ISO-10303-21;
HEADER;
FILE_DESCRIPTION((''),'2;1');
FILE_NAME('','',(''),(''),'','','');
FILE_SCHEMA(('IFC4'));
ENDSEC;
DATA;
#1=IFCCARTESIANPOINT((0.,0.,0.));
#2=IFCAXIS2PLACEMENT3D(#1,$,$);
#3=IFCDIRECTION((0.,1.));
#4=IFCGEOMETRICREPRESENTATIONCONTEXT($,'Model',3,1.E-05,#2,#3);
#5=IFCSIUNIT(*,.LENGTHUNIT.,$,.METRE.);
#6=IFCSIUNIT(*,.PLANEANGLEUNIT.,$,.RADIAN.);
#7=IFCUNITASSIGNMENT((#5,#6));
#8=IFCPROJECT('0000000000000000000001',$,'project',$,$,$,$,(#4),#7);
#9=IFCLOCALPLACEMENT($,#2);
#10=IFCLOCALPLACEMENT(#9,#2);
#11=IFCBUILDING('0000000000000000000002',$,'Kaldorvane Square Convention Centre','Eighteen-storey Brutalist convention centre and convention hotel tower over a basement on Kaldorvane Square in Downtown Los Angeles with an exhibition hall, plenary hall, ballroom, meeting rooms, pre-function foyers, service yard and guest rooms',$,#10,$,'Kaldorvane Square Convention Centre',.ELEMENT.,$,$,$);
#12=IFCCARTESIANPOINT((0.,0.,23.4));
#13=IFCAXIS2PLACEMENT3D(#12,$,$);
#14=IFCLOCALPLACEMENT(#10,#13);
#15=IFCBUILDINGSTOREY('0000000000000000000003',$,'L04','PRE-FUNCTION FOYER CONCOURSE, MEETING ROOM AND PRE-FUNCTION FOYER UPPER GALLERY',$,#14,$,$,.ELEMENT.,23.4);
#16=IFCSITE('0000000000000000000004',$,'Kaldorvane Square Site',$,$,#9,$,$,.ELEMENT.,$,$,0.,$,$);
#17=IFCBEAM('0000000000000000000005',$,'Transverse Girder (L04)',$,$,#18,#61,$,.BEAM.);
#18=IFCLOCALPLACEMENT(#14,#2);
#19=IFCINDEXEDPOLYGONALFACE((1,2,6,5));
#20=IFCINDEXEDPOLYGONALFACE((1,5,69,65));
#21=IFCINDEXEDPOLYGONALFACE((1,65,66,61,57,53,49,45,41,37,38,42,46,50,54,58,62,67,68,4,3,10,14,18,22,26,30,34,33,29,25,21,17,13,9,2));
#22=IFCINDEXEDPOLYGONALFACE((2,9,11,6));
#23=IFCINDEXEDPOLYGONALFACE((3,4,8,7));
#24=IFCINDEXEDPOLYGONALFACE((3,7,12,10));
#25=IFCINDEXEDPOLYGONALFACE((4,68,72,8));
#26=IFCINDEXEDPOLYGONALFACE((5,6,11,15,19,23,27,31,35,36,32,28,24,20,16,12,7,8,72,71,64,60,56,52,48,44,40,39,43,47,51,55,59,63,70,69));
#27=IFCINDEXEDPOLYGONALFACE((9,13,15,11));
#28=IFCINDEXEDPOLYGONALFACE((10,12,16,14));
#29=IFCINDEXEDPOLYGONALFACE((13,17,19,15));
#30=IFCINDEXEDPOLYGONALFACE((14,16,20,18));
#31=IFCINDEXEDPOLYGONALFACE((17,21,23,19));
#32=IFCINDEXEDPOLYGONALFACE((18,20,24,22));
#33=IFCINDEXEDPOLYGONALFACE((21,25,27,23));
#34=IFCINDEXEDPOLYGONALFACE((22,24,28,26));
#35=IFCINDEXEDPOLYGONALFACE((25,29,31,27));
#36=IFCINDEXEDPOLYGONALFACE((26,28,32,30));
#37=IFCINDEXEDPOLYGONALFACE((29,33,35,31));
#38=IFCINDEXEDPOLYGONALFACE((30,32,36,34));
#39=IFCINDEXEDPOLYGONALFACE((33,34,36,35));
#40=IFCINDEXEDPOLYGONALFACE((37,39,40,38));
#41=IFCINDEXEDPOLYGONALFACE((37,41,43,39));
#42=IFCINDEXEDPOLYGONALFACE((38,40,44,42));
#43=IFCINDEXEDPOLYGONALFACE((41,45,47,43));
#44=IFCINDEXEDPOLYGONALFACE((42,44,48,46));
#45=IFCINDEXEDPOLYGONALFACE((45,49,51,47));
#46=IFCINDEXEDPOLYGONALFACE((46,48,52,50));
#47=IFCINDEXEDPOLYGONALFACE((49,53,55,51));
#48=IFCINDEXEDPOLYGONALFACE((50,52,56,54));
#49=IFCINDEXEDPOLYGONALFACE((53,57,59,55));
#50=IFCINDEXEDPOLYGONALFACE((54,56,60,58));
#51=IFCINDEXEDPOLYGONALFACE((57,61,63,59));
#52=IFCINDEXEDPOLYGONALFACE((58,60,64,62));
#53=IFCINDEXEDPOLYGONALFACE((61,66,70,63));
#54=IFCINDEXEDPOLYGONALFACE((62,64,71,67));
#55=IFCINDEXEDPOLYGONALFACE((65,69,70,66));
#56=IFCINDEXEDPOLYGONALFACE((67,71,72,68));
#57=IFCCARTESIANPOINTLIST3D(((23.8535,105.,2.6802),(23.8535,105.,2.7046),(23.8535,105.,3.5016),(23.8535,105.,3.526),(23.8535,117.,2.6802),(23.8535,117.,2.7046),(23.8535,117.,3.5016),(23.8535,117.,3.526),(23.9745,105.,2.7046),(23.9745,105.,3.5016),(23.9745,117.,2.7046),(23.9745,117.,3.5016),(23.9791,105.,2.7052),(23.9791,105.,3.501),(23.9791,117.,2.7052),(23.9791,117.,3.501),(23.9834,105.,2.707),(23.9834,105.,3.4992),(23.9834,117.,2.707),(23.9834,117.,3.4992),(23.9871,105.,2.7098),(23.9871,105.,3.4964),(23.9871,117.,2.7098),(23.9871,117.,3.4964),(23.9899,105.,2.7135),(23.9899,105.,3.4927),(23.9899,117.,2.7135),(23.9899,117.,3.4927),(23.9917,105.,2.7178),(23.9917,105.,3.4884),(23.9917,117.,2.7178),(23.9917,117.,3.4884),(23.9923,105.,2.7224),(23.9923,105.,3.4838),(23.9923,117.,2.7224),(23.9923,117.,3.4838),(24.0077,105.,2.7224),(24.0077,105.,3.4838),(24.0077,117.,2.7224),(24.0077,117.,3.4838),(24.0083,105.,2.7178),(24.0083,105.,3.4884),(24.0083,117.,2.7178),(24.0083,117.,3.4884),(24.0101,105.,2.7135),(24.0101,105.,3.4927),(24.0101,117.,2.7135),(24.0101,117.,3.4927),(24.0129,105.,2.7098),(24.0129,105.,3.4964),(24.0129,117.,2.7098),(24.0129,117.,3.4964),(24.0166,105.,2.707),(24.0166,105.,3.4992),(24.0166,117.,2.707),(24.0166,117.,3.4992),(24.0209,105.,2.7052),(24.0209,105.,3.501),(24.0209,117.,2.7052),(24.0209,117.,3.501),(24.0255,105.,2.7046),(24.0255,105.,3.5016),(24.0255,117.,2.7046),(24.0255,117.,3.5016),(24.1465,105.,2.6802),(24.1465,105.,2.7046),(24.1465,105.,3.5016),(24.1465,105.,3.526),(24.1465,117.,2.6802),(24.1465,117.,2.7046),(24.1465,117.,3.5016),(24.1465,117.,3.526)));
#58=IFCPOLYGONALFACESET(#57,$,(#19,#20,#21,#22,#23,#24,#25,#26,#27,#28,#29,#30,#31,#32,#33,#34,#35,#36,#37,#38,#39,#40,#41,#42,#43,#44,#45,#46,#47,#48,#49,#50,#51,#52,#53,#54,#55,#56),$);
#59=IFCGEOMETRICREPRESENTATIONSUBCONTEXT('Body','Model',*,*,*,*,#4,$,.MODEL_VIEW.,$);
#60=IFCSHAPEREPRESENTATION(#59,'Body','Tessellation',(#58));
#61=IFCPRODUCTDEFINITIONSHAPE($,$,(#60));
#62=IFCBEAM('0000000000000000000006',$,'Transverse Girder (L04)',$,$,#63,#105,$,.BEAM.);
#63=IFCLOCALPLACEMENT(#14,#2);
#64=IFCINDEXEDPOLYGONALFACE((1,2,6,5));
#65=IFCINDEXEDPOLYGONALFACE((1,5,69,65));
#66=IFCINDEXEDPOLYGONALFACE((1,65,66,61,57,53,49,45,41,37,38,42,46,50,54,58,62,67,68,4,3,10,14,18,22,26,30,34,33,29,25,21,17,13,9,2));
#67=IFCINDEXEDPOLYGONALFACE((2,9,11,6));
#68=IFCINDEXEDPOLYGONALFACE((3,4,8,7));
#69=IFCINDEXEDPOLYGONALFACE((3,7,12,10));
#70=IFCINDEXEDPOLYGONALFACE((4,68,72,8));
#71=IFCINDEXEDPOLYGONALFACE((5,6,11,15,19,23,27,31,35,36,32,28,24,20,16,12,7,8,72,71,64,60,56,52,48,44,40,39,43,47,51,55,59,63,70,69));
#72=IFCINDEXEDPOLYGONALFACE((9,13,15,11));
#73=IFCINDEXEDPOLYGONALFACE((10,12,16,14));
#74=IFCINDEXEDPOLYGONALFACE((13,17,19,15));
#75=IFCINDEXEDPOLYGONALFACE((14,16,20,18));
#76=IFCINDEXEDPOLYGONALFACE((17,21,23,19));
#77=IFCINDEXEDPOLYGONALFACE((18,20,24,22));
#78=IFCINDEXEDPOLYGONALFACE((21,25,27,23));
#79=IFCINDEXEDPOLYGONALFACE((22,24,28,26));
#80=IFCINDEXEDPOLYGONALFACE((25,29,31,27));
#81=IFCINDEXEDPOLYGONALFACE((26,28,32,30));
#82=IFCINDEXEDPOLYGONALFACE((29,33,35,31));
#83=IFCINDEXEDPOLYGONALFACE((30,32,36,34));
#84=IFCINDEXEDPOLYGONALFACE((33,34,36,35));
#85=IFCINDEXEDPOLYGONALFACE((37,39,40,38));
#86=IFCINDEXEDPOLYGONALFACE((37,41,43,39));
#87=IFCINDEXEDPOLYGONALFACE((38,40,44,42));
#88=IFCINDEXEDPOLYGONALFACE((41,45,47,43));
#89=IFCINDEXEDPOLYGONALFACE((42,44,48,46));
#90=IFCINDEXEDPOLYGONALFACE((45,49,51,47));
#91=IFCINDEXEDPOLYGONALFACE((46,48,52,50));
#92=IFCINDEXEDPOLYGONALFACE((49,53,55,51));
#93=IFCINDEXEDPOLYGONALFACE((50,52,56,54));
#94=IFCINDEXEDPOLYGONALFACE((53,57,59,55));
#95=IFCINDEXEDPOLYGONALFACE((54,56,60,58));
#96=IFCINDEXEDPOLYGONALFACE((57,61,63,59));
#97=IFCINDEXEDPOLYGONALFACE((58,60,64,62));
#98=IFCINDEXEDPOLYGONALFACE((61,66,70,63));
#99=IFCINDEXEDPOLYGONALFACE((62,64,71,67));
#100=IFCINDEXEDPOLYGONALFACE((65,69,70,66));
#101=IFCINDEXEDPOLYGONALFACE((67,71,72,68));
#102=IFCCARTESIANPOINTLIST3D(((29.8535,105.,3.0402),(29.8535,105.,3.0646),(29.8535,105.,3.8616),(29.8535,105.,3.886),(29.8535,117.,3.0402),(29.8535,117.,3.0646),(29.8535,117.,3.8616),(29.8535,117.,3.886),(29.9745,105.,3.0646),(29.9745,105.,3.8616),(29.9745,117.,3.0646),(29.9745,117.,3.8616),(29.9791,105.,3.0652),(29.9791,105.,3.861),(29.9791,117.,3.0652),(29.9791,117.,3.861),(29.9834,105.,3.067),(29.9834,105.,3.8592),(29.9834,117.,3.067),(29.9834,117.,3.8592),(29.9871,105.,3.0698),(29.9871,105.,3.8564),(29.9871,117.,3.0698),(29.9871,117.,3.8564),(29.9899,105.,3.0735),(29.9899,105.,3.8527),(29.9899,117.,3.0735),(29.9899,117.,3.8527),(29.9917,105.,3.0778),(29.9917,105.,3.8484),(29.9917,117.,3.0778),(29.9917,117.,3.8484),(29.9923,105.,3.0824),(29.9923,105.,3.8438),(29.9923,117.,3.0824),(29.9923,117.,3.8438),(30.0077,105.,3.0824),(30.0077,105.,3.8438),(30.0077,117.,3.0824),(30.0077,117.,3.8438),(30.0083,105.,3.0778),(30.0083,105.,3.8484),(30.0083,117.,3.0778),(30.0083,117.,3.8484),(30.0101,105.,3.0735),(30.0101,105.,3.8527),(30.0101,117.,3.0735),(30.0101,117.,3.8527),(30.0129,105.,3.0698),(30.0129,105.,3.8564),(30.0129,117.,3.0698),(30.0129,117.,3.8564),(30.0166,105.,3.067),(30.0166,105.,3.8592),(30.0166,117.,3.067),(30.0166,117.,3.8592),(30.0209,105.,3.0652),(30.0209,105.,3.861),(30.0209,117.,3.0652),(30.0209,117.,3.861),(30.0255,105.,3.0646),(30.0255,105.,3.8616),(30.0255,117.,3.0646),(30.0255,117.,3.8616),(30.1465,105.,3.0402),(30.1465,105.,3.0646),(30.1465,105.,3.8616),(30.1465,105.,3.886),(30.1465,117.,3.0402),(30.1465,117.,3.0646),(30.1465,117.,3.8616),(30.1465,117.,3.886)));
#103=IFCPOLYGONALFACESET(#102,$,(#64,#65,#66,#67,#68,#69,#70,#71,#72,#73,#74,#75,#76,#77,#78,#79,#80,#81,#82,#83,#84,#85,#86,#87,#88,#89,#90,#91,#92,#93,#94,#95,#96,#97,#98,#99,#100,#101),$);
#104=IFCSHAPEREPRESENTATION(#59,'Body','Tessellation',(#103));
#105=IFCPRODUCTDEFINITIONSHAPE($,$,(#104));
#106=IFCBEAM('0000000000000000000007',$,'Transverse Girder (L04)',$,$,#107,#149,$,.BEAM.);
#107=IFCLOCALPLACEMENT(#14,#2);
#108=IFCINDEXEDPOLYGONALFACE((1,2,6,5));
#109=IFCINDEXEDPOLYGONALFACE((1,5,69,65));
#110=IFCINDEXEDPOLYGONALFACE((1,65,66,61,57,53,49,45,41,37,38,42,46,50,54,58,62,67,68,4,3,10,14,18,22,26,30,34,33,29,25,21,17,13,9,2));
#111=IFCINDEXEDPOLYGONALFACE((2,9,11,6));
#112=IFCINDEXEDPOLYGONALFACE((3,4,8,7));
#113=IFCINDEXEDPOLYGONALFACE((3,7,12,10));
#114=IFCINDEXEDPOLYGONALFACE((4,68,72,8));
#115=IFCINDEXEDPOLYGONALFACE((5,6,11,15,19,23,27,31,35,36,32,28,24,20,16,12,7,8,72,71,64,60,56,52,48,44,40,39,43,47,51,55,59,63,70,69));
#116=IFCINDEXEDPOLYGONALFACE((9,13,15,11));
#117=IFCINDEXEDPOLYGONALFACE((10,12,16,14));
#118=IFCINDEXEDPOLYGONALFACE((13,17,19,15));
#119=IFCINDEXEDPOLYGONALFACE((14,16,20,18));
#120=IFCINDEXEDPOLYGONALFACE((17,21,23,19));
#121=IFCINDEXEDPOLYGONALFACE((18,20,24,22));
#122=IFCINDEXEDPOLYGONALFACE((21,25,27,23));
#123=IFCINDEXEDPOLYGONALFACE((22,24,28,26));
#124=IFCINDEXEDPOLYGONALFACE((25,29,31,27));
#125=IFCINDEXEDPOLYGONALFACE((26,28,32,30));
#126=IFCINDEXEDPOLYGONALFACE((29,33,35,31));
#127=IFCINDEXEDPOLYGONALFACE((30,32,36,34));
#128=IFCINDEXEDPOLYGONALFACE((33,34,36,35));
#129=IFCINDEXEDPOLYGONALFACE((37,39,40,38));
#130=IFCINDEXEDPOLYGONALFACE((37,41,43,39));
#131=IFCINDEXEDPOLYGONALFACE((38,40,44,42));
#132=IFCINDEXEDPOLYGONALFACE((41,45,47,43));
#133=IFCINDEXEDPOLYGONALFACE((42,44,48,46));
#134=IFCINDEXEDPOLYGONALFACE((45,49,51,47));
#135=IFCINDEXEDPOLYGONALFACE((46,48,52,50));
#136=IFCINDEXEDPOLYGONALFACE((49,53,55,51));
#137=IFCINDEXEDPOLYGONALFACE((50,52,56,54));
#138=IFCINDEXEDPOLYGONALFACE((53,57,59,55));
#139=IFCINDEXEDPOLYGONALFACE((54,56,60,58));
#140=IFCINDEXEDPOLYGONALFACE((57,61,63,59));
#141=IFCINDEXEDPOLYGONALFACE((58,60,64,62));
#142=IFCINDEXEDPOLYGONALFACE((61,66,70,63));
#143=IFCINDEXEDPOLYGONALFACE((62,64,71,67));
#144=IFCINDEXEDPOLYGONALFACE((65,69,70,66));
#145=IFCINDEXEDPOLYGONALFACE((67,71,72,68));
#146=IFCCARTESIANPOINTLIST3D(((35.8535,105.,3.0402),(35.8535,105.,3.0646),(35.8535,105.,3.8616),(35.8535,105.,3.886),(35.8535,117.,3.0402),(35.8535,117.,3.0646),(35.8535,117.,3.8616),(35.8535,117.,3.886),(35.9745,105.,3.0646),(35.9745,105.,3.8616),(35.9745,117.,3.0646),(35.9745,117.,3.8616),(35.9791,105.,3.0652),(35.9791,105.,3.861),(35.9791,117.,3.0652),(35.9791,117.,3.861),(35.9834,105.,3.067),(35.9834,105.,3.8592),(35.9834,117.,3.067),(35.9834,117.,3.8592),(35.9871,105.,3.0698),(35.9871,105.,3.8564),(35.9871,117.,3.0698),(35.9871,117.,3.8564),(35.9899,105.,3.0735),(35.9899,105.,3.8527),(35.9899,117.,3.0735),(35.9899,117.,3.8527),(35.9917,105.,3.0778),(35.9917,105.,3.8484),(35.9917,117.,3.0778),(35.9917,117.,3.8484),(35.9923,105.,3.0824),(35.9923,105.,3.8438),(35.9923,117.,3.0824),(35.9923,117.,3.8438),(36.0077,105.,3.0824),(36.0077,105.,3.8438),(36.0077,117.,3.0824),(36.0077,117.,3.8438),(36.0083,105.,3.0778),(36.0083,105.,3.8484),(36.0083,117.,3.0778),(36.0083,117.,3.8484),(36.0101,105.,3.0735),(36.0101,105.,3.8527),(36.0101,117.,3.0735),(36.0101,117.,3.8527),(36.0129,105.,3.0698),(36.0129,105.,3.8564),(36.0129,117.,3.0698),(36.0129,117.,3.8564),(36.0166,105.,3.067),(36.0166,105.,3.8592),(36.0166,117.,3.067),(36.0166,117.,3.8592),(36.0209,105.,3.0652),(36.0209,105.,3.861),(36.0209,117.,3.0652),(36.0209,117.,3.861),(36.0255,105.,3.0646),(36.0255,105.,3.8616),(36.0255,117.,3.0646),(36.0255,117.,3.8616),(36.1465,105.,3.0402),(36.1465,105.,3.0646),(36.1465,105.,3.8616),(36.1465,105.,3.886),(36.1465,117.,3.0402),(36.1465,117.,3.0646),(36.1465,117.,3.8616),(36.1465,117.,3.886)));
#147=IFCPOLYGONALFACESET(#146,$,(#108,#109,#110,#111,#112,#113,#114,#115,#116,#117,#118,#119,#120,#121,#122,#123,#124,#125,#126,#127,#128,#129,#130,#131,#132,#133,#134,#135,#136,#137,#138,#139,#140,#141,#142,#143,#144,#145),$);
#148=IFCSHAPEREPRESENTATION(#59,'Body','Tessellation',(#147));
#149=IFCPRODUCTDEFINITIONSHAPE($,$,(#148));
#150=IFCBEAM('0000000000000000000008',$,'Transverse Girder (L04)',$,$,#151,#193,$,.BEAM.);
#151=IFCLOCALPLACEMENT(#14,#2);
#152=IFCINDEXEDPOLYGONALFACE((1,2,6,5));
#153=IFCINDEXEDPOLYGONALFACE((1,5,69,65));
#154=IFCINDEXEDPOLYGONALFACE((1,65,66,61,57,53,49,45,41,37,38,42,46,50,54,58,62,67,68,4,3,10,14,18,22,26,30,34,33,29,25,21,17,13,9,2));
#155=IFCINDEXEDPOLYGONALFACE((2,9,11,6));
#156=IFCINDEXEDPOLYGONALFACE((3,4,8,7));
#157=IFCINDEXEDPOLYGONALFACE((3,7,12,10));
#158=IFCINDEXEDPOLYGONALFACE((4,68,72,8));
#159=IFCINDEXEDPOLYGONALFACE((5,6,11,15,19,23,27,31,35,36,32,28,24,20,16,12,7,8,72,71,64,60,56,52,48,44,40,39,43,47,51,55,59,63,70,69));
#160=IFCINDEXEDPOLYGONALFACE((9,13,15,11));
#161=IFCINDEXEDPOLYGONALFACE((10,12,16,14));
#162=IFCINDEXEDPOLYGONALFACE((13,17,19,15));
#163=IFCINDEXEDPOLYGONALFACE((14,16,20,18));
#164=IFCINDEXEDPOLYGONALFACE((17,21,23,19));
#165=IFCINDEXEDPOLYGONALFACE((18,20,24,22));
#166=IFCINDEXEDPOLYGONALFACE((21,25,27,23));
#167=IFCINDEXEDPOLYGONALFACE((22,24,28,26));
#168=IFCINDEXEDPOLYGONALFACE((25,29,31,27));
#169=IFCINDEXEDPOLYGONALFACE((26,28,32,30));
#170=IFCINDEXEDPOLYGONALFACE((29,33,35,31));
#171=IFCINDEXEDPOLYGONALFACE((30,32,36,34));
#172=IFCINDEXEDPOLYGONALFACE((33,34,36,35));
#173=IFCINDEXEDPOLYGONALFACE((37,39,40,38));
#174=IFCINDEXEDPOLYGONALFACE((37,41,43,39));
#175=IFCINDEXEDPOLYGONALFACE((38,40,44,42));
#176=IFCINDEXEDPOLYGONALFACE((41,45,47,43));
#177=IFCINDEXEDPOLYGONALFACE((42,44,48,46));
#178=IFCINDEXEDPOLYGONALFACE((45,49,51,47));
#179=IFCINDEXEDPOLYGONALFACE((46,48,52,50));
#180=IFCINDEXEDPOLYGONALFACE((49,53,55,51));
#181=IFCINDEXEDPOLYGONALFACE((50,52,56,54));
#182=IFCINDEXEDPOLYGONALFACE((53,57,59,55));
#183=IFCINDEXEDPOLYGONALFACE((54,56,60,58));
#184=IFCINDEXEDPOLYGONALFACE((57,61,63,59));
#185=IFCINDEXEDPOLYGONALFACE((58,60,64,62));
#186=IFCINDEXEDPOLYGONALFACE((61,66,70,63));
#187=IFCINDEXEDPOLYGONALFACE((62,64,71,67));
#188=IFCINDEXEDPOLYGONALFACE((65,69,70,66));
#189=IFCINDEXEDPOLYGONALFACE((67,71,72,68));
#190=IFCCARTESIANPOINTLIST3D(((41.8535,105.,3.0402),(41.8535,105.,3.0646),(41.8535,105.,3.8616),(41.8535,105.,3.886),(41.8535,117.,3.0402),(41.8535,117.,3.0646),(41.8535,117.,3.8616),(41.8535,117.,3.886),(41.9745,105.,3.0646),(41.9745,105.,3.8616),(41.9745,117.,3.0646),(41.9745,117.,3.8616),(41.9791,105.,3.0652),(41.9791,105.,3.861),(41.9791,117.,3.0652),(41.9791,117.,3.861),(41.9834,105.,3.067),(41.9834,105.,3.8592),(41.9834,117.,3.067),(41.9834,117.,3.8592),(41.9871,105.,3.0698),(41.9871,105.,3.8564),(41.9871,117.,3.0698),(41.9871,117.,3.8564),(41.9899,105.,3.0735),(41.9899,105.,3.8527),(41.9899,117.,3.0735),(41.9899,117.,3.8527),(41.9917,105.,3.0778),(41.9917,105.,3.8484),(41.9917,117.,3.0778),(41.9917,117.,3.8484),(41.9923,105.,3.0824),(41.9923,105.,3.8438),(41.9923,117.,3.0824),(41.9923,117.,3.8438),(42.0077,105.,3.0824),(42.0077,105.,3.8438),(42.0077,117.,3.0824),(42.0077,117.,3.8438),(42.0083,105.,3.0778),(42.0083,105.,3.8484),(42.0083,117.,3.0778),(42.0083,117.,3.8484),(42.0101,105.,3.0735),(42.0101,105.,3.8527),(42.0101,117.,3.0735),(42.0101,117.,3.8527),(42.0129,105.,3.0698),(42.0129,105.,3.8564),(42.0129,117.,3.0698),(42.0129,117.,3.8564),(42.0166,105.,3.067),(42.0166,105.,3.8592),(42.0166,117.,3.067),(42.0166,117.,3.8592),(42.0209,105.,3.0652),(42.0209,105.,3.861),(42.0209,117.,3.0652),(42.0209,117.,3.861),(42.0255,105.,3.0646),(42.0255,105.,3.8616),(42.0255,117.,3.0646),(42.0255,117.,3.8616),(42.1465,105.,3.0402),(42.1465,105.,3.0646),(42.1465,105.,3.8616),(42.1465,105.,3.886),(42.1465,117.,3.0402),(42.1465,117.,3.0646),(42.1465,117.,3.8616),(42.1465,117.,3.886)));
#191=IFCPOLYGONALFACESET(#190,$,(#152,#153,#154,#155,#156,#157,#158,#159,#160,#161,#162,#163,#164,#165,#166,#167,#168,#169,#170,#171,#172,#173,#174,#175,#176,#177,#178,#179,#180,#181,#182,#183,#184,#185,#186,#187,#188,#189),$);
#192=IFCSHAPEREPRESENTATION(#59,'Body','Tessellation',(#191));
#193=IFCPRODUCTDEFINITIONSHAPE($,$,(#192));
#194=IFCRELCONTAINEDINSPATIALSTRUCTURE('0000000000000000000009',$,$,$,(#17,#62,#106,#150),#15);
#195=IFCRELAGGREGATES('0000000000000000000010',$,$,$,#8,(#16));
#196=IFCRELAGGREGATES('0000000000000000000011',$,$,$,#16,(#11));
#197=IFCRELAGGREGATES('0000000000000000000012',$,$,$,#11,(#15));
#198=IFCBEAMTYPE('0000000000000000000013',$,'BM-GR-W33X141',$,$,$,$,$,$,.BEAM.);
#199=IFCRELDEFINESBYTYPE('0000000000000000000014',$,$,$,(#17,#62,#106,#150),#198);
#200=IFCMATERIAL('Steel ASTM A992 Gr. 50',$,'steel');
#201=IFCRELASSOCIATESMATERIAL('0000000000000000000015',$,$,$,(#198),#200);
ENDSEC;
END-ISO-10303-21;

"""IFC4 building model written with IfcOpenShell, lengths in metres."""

from ifc_helpers import new_model, si_unit, direction, frame, origin, origin_2d, place, context, subcontext, project, spatial, i_section, extrude, material, material_profile, profile_set, type_object, element, save


model = new_model("IFC4")

# Units and contexts
model_context = context("Model", 3, precision=1e-05, world=origin(), true_north=direction((0.0, 1.0)))
body_context = subcontext(model_context, "Body", "Model", "MODEL_VIEW")
ifc_project = project(units=[si_unit("LENGTHUNIT", "METRE"), si_unit("PLANEANGLEUNIT", "RADIAN")], contexts=[model_context])

# Site, building, storey
site_placement = place(None, origin())
site = spatial("IfcSite", under=ifc_project, at=site_placement, Name="Kaldorvane Square Site", CompositionType="ELEMENT", RefElevation=0.0)
building_placement = place(site_placement, origin())
building = spatial("IfcBuilding", under=site, at=building_placement, Name="Kaldorvane Square Convention Centre", Description="Eighteen-storey Brutalist convention centre and convention hotel tower over a basement on Kaldorvane Square in Downtown Los Angeles with an exhibition hall, plenary hall, ballroom, meeting rooms, pre-function foyers, service yard and guest rooms", LongName="Kaldorvane Square Convention Centre", CompositionType="ELEMENT")
storey_placement = place(building_placement, frame((0.0, 0.0, 23.4)))
storey = spatial("IfcBuildingStorey", under=building, at=storey_placement, Name="L04", Description="PRE-FUNCTION FOYER CONCOURSE, MEETING ROOM AND PRE-FUNCTION FOYER UPPER GALLERY", CompositionType="ELEMENT", Elevation=23.4)

# Shared definitions
ifc_material_1 = material(Name="Steel ASTM A992 Gr. 50", Category="steel")

# Beams
ifc_material_profile_1 = material_profile(ifc_material_1, i_section(OverallWidth=0.293, OverallDepth=0.8458, WebThickness=0.0154, FlangeThickness=0.0244, FilletRadius=0.0178, at=origin_2d()), Name="W33X141")
ifc_profile_set_1 = profile_set([ifc_material_profile_1], Name="Steel ASTM A992 Gr. 50")
beam_type_1 = type_object("IfcBeamType", Name="BM-GR-W33X141", PredefinedType="BEAM", material=ifc_profile_set_1)
for number, where, z_axis, x_axis, name in (
    (1, (24.0, 105.0, 3.1031), (0.0, 1.0, 0.0), (-1.0, 0.0, 0.0), "Transverse Girder (L04)"),
    (2, (30.0, 105.0, 3.4631), (0.0, 1.0, 0.0), (-1.0, 0.0, 0.0), "Transverse Girder (L04)"),
    (3, (36.0, 105.0, 3.4631), (0.0, 1.0, 0.0), (-1.0, 0.0, 0.0), "Transverse Girder (L04)"),
    (4, (42.0, 105.0, 3.4631), (0.0, 1.0, 0.0), (-1.0, 0.0, 0.0), "Transverse Girder (L04)"),
):
    element("IfcBeam", number, at=place(storey_placement, frame(where, z_axis=z_axis, x_axis=x_axis)), inside=storey, type_object=beam_type_1, Name=name, PredefinedType="BEAM", context=body_context, shape_type="SweptSolid", body=[
        extrude(i_section(OverallWidth=0.293, OverallDepth=0.8458, WebThickness=0.0154, FlangeThickness=0.0244, FilletRadius=0.0178, at=origin_2d()), origin(), (0.0, 0.0, 1.0), 12.0),
    ])

save(model, "model.ifc")
